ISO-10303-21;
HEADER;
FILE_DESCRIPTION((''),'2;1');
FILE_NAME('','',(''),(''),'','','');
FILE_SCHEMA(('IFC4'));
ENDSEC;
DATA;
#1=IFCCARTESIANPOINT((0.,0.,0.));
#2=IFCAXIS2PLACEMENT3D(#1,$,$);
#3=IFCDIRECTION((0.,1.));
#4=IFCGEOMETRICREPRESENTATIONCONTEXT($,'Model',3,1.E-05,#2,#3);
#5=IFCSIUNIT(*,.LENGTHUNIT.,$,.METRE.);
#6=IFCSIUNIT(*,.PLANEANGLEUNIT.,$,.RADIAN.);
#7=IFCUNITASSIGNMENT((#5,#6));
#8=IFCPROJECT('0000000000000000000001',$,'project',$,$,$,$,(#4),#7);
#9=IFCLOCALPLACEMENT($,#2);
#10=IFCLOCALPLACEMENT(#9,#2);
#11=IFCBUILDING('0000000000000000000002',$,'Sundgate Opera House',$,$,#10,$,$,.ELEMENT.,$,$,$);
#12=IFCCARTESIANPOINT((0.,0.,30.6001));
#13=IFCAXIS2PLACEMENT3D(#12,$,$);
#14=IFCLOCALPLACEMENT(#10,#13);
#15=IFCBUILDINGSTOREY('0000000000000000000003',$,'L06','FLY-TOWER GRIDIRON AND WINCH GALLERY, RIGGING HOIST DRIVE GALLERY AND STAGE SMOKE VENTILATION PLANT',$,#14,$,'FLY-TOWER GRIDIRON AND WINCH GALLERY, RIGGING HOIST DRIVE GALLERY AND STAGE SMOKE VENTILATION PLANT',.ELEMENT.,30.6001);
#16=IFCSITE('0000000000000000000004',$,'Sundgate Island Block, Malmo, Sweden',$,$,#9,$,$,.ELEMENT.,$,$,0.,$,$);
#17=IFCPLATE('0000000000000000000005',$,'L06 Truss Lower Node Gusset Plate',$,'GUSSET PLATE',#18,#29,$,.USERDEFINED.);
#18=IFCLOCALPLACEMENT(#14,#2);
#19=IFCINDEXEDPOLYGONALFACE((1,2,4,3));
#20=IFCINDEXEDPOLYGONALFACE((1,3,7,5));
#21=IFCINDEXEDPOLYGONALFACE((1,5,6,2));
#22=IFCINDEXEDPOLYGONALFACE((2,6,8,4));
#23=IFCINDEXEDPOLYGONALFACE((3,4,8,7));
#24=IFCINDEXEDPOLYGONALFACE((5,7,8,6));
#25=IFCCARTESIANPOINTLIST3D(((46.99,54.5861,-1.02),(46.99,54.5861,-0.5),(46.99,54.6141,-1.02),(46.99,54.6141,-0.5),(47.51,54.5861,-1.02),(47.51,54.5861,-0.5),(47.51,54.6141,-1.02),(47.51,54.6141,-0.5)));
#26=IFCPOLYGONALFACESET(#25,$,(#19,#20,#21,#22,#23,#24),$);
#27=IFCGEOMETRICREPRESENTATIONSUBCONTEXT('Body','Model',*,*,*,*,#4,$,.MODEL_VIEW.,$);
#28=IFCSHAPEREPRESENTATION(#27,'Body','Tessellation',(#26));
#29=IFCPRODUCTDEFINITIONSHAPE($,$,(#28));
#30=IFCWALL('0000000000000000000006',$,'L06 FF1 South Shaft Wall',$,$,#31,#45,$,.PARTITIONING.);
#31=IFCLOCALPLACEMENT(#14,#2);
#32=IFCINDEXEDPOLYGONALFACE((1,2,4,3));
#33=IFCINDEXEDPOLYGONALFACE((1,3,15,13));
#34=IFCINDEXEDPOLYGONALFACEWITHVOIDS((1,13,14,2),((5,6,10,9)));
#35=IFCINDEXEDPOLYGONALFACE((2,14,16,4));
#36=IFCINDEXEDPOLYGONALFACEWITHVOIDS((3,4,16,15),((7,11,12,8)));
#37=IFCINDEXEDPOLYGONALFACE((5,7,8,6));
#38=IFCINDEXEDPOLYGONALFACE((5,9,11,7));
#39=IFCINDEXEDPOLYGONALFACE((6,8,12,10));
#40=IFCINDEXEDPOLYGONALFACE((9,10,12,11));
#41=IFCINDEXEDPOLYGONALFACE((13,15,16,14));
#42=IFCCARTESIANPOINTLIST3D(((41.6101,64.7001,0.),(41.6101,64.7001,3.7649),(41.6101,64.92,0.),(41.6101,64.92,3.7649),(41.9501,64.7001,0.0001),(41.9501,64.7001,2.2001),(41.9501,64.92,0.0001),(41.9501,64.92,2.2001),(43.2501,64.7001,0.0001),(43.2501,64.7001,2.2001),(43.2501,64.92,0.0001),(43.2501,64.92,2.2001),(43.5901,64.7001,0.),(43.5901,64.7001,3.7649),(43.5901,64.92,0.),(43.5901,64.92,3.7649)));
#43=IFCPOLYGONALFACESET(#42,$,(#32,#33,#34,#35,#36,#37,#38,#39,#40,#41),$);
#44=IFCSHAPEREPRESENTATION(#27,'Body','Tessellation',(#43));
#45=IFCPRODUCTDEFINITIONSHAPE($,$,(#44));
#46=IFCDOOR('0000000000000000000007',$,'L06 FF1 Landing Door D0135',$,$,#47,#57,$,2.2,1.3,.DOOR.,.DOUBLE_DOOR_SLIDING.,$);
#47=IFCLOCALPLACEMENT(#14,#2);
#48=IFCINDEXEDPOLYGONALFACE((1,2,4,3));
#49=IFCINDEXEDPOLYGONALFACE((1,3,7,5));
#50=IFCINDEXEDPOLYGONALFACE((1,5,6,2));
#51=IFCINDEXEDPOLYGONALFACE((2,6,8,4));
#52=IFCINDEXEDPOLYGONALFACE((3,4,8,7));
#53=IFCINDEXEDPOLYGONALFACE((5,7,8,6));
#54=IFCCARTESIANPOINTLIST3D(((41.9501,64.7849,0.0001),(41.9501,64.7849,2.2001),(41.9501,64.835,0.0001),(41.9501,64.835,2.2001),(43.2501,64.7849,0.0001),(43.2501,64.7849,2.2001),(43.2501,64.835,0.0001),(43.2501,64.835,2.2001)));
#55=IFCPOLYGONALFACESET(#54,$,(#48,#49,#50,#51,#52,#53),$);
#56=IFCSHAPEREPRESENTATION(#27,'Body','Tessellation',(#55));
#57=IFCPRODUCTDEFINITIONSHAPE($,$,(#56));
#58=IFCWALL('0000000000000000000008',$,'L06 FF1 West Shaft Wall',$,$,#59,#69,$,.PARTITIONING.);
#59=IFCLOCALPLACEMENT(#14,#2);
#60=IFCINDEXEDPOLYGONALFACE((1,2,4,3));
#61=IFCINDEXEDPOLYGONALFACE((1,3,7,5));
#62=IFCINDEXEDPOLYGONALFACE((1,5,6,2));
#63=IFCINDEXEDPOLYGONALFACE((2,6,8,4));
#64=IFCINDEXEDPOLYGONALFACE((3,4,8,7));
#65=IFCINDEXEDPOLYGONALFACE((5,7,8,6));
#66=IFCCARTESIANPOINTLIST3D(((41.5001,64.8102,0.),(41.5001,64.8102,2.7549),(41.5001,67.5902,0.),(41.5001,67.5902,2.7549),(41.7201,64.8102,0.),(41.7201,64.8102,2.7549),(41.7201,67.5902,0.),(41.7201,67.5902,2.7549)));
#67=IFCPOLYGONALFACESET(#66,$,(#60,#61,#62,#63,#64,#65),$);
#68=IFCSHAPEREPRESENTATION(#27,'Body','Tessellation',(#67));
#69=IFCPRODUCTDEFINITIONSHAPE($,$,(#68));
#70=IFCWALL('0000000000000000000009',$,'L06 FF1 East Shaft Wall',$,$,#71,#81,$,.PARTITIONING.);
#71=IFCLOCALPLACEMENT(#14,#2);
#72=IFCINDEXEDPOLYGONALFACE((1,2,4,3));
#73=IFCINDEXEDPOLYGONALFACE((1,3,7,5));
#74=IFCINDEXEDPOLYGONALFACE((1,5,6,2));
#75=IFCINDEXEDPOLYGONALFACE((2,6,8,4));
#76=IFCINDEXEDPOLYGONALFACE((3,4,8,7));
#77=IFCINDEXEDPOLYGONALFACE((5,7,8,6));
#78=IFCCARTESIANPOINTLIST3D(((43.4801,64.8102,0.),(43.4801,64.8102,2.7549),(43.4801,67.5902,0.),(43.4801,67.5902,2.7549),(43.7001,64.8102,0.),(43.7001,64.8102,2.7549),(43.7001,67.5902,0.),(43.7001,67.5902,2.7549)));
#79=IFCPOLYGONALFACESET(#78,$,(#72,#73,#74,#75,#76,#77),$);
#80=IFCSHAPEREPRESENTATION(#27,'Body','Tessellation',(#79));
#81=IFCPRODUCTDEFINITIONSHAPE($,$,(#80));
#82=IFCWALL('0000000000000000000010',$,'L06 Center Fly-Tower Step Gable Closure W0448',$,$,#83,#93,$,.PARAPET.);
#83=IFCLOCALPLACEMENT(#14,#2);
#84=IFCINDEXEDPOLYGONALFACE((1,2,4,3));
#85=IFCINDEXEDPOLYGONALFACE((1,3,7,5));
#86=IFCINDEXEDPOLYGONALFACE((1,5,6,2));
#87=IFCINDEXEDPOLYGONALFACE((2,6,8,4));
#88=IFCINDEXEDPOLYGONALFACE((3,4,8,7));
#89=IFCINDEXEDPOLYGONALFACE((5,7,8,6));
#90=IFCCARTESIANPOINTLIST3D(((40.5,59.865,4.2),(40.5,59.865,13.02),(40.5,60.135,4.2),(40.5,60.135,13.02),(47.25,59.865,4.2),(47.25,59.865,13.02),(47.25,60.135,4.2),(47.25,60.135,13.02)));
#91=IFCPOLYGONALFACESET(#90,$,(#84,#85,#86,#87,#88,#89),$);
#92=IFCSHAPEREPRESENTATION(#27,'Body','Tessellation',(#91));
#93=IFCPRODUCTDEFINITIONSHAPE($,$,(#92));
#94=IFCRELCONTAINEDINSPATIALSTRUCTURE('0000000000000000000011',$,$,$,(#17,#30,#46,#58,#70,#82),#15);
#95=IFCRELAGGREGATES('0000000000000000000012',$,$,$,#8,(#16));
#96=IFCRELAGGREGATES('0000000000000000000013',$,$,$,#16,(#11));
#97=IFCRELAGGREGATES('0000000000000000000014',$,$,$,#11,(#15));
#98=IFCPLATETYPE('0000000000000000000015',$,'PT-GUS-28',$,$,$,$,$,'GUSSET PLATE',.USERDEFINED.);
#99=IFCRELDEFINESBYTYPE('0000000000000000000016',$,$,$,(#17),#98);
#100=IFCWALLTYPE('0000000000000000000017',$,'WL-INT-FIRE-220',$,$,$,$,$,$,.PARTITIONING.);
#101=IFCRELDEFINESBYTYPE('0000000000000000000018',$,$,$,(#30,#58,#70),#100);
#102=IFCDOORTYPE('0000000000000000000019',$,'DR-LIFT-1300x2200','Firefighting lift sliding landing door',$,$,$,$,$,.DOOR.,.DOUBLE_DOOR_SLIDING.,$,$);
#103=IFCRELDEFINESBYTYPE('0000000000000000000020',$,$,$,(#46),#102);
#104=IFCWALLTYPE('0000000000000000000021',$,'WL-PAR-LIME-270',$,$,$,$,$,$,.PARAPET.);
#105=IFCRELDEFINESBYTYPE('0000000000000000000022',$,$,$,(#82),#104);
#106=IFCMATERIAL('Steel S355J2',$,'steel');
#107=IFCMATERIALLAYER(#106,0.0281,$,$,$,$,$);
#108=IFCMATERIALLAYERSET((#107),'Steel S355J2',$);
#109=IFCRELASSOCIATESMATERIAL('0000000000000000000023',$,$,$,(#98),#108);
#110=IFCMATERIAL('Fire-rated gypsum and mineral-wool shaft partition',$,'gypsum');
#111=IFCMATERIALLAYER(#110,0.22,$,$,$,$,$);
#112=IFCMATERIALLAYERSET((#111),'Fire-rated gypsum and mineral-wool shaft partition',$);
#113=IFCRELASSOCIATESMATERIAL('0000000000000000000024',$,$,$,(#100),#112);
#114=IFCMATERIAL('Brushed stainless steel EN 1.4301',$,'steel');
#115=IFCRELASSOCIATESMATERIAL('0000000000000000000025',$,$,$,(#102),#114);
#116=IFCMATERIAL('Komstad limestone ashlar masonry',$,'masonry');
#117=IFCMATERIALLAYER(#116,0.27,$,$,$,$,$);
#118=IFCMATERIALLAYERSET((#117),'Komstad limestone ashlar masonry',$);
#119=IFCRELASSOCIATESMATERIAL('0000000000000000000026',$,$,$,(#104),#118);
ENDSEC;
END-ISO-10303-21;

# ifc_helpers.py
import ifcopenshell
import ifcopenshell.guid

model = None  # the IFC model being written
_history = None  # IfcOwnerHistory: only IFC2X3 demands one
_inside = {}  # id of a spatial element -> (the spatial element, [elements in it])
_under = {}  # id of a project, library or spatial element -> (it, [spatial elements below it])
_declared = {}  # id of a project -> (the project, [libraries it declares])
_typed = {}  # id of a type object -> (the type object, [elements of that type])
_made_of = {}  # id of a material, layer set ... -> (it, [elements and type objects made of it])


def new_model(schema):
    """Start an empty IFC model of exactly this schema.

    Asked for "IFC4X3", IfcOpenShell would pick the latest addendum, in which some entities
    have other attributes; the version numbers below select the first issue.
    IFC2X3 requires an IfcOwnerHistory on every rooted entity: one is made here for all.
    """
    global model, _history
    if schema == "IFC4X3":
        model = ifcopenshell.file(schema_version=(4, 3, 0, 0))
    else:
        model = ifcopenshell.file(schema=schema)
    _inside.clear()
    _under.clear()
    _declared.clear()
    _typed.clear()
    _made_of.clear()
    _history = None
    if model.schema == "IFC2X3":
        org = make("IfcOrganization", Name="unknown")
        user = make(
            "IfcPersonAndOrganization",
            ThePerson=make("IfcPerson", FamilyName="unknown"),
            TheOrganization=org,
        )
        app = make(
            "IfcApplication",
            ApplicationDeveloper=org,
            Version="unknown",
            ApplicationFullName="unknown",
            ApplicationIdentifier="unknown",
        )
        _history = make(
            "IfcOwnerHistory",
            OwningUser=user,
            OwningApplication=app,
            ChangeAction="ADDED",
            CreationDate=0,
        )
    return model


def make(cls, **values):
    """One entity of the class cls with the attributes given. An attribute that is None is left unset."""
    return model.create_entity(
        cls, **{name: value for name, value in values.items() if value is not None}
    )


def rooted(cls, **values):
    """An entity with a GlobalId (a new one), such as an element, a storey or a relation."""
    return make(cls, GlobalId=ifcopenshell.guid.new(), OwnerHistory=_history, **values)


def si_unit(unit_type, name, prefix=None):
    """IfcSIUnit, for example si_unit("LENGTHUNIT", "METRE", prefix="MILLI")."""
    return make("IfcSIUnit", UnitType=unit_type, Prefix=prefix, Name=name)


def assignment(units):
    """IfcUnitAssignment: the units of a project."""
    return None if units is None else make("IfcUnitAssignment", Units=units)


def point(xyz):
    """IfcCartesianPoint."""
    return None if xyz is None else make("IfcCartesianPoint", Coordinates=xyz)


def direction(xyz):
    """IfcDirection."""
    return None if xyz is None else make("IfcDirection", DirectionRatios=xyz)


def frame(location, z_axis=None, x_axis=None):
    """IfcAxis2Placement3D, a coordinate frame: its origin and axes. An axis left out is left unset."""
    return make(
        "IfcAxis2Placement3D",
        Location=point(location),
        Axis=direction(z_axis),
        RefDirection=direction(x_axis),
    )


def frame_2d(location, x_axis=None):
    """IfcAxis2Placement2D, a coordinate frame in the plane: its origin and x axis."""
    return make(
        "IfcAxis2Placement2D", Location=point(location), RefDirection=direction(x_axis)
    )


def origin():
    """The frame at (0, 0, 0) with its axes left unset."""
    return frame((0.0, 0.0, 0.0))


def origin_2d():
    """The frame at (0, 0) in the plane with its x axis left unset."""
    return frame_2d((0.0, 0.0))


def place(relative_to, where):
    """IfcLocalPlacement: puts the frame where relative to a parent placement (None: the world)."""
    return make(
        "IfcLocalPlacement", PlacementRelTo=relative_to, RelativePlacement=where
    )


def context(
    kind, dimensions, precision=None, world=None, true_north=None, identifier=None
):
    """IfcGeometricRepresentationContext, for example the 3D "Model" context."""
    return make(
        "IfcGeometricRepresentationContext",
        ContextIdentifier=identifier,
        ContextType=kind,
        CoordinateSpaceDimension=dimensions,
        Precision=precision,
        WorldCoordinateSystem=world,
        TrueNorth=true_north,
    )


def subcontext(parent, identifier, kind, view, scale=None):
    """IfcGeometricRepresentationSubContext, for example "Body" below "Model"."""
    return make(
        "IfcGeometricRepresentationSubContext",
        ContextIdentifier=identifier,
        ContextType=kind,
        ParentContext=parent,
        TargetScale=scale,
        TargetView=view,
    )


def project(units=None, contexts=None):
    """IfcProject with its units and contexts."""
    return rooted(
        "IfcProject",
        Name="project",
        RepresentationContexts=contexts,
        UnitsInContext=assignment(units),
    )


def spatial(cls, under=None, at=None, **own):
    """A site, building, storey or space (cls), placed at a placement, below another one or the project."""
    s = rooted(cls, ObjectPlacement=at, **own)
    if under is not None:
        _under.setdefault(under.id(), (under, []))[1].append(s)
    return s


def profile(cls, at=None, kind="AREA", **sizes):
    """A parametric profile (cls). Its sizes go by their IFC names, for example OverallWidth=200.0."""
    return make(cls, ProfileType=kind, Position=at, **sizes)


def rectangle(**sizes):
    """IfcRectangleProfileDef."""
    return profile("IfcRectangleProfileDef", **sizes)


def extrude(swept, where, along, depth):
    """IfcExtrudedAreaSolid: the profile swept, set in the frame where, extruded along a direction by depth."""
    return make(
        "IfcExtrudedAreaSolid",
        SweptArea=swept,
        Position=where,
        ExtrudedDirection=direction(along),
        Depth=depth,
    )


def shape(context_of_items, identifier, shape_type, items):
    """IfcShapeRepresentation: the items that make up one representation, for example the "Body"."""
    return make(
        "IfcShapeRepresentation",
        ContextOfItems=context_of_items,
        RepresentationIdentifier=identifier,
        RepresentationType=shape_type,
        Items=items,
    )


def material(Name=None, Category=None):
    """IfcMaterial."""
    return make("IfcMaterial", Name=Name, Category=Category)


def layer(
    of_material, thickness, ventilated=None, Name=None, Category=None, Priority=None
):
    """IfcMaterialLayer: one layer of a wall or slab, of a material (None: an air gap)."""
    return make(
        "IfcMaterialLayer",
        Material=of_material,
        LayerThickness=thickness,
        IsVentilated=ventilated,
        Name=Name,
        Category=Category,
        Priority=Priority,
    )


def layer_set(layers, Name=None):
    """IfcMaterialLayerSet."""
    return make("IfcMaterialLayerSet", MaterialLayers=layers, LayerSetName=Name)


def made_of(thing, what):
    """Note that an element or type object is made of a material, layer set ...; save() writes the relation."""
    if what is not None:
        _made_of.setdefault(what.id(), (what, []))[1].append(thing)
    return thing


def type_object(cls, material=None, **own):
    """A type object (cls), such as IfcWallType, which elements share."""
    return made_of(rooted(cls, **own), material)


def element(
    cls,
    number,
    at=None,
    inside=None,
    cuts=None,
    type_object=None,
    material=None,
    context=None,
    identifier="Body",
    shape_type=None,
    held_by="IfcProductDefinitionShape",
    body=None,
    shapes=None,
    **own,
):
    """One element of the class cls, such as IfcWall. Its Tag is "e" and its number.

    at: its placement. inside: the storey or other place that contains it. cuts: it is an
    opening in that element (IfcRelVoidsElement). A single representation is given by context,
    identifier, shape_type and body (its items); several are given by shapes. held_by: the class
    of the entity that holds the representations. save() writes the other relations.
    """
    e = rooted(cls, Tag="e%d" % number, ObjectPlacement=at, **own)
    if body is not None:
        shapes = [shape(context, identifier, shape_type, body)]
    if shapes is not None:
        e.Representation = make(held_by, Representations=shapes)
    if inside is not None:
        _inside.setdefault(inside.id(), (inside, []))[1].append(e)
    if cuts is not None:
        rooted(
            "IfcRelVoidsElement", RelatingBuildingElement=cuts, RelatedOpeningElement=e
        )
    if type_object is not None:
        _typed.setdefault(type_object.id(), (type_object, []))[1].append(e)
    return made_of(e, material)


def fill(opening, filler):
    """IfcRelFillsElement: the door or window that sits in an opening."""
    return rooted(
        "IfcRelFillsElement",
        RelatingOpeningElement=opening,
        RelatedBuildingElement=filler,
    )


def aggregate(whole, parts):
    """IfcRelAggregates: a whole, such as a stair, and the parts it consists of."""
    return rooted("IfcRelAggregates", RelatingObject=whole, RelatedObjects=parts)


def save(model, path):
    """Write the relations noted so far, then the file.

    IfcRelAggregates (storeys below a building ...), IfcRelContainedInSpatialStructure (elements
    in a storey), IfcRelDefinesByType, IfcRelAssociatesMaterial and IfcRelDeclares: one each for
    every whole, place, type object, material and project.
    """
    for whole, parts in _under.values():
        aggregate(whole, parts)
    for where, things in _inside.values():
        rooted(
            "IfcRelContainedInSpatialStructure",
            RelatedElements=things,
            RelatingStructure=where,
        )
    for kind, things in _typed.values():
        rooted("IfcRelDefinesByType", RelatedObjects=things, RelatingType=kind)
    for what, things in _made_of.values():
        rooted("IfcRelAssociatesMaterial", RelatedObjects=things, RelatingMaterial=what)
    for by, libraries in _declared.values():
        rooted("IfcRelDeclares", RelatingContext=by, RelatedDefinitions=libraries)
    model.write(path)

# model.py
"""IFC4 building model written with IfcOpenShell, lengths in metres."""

from ifc_helpers import new_model, si_unit, direction, frame, frame_2d, origin, origin_2d, place, context, subcontext, project, spatial, rectangle, extrude, material, layer, layer_set, type_object, element, fill, save


model = new_model("IFC4")

# Units and contexts
model_context = context("Model", 3, precision=1e-05, world=origin(), true_north=direction((0.0, 1.0)))
body_context = subcontext(model_context, "Body", "Model", "MODEL_VIEW")
ifc_project = project(units=[si_unit("LENGTHUNIT", "METRE"), si_unit("PLANEANGLEUNIT", "RADIAN")], contexts=[model_context])

# Site, building, storey
site_placement = place(None, origin())
site = spatial("IfcSite", under=ifc_project, at=site_placement, Name="Sundgate Island Block, Malmo, Sweden", CompositionType="ELEMENT", RefElevation=0.0)
building_placement = place(site_placement, origin())
building = spatial("IfcBuilding", under=site, at=building_placement, Name="Sundgate Opera House", CompositionType="ELEMENT")
storey_placement = place(building_placement, frame((0.0, 0.0, 30.6001)))
storey = spatial("IfcBuildingStorey", under=building, at=storey_placement, Name="L06", Description="FLY-TOWER GRIDIRON AND WINCH GALLERY, RIGGING HOIST DRIVE GALLERY AND STAGE SMOKE VENTILATION PLANT", LongName="FLY-TOWER GRIDIRON AND WINCH GALLERY, RIGGING HOIST DRIVE GALLERY AND STAGE SMOKE VENTILATION PLANT", CompositionType="ELEMENT", Elevation=30.6001)

# Plate
ifc_material_1 = material(Name="Steel S355J2", Category="steel")
ifc_layer_1 = layer(ifc_material_1, 0.0281)
ifc_layer_set_1 = layer_set([ifc_layer_1], Name="Steel S355J2")
plate_type_1 = type_object("IfcPlateType", Name="PT-GUS-28", ElementType="GUSSET PLATE", PredefinedType="USERDEFINED", material=ifc_layer_set_1)
plate_1_placement = place(storey_placement, frame((47.25, 54.6001, -1.02), z_axis=(0.0, 0.0, 1.0), x_axis=(1.0, 0.0, 0.0)))
element("IfcPlate", 1, at=plate_1_placement, inside=storey, type_object=plate_type_1, Name="L06 Truss Lower Node Gusset Plate", ObjectType="GUSSET PLATE", PredefinedType="USERDEFINED", context=body_context, shape_type="SweptSolid", body=[
    extrude(rectangle(XDim=0.52, YDim=0.0281, at=origin_2d()), origin(), (0.0, 0.0, 1.0), 0.52),
])

# Wall, opening, door
ifc_material_2 = material(Name="Fire-rated gypsum and mineral-wool shaft partition", Category="gypsum")
ifc_layer_2 = layer(ifc_material_2, 0.22)
ifc_layer_set_2 = layer_set([ifc_layer_2], Name="Fire-rated gypsum and mineral-wool shaft partition")
wall_type_1 = type_object("IfcWallType", Name="WL-INT-FIRE-220", PredefinedType="PARTITIONING", material=ifc_layer_set_2)
wall_1_placement = place(storey_placement, frame((41.6101, 64.8101, 0.0), z_axis=(0.0, 0.0, 1.0), x_axis=(1.0, 0.0, 0.0)))
wall_1 = element("IfcWall", 2, at=wall_1_placement, inside=storey, type_object=wall_type_1, Name="L06 FF1 South Shaft Wall", PredefinedType="PARTITIONING", context=body_context, shape_type="SweptSolid", body=[
    extrude(rectangle(XDim=1.98, YDim=0.22, at=frame_2d((0.99, 0.0))), origin(), (0.0, 0.0, 1.0), 3.7649),
])
opening_placement = place(wall_1_placement, frame((0.3401, 0.0, 0.0)))
opening = element("IfcOpeningElement", 3, at=opening_placement, cuts=wall_1, PredefinedType="OPENING", context=body_context, shape_type="SweptSolid", body=[
    extrude(rectangle(XDim=1.3, YDim=2.2, at=frame_2d((0.6499, 1.1001))), frame((0.0, 0.1199, 0.0), z_axis=(0.0, -1.0, 0.0), x_axis=(1.0, 0.0, 0.0)), (0.0, 0.0, 1.0), 0.24),
])
ifc_material_3 = material(Name="Brushed stainless steel EN 1.4301", Category="steel")
door_type = type_object("IfcDoorType", Name="DR-LIFT-1300x2200", Description="Firefighting lift sliding landing door", OperationType="DOUBLE_DOOR_SLIDING", PredefinedType="DOOR", material=ifc_material_3)
door_placement = place(opening_placement, origin())
door = element("IfcDoor", 4, at=door_placement, inside=storey, type_object=door_type, Name="L06 FF1 Landing Door D0135", OperationType="DOUBLE_DOOR_SLIDING", OverallHeight=2.2, OverallWidth=1.3, PredefinedType="DOOR", context=body_context, shape_type="SweptSolid", body=[
    extrude(rectangle(XDim=1.3, YDim=2.2, at=frame_2d((0.6499, 1.1001))), frame((0.0, 0.0249, 0.0), z_axis=(0.0, -1.0, 0.0), x_axis=(1.0, 0.0, 0.0)), (0.0, 0.0, 1.0), 0.05),
])
fill(opening, door)

# Walls
for number, where, z_axis, x_axis, name in (
    (5, (41.6101, 64.8101, 0.0), (0.0, 0.0, 1.0), (0.0, 1.0, 0.0), "L06 FF1 West Shaft Wall"),
    (6, (43.5901, 64.8101, 0.0), (0.0, 0.0, 1.0), (0.0, 1.0, 0.0), "L06 FF1 East Shaft Wall"),
):
    element("IfcWall", number, at=place(storey_placement, frame(where, z_axis=z_axis, x_axis=x_axis)), inside=storey, type_object=wall_type_1, Name=name, PredefinedType="PARTITIONING", context=body_context, shape_type="SweptSolid", body=[
        extrude(rectangle(XDim=2.78, YDim=0.22, at=frame_2d((1.3901, 0.0))), origin(), (0.0, 0.0, 1.0), 2.7549),
    ])
ifc_material_4 = material(Name="Komstad limestone ashlar masonry", Category="masonry")
ifc_layer_3 = layer(ifc_material_4, 0.27)
ifc_layer_set_3 = layer_set([ifc_layer_3], Name="Komstad limestone ashlar masonry")
wall_type_2 = type_object("IfcWallType", Name="WL-PAR-LIME-270", PredefinedType="PARAPET", material=ifc_layer_set_3)
wall_2_placement = place(storey_placement, frame((40.5, 60.0, 4.2), z_axis=(0.0, 0.0, 1.0), x_axis=(1.0, 0.0, 0.0)))
element("IfcWall", 7, at=wall_2_placement, inside=storey, type_object=wall_type_2, Name="L06 Center Fly-Tower Step Gable Closure W0448", PredefinedType="PARAPET", context=body_context, shape_type="SweptSolid", body=[
    extrude(rectangle(XDim=6.75, YDim=0.27, at=frame_2d((3.375, 0.0))), origin(), (0.0, 0.0, 1.0), 8.8201),
])

save(model, "model.ifc")
